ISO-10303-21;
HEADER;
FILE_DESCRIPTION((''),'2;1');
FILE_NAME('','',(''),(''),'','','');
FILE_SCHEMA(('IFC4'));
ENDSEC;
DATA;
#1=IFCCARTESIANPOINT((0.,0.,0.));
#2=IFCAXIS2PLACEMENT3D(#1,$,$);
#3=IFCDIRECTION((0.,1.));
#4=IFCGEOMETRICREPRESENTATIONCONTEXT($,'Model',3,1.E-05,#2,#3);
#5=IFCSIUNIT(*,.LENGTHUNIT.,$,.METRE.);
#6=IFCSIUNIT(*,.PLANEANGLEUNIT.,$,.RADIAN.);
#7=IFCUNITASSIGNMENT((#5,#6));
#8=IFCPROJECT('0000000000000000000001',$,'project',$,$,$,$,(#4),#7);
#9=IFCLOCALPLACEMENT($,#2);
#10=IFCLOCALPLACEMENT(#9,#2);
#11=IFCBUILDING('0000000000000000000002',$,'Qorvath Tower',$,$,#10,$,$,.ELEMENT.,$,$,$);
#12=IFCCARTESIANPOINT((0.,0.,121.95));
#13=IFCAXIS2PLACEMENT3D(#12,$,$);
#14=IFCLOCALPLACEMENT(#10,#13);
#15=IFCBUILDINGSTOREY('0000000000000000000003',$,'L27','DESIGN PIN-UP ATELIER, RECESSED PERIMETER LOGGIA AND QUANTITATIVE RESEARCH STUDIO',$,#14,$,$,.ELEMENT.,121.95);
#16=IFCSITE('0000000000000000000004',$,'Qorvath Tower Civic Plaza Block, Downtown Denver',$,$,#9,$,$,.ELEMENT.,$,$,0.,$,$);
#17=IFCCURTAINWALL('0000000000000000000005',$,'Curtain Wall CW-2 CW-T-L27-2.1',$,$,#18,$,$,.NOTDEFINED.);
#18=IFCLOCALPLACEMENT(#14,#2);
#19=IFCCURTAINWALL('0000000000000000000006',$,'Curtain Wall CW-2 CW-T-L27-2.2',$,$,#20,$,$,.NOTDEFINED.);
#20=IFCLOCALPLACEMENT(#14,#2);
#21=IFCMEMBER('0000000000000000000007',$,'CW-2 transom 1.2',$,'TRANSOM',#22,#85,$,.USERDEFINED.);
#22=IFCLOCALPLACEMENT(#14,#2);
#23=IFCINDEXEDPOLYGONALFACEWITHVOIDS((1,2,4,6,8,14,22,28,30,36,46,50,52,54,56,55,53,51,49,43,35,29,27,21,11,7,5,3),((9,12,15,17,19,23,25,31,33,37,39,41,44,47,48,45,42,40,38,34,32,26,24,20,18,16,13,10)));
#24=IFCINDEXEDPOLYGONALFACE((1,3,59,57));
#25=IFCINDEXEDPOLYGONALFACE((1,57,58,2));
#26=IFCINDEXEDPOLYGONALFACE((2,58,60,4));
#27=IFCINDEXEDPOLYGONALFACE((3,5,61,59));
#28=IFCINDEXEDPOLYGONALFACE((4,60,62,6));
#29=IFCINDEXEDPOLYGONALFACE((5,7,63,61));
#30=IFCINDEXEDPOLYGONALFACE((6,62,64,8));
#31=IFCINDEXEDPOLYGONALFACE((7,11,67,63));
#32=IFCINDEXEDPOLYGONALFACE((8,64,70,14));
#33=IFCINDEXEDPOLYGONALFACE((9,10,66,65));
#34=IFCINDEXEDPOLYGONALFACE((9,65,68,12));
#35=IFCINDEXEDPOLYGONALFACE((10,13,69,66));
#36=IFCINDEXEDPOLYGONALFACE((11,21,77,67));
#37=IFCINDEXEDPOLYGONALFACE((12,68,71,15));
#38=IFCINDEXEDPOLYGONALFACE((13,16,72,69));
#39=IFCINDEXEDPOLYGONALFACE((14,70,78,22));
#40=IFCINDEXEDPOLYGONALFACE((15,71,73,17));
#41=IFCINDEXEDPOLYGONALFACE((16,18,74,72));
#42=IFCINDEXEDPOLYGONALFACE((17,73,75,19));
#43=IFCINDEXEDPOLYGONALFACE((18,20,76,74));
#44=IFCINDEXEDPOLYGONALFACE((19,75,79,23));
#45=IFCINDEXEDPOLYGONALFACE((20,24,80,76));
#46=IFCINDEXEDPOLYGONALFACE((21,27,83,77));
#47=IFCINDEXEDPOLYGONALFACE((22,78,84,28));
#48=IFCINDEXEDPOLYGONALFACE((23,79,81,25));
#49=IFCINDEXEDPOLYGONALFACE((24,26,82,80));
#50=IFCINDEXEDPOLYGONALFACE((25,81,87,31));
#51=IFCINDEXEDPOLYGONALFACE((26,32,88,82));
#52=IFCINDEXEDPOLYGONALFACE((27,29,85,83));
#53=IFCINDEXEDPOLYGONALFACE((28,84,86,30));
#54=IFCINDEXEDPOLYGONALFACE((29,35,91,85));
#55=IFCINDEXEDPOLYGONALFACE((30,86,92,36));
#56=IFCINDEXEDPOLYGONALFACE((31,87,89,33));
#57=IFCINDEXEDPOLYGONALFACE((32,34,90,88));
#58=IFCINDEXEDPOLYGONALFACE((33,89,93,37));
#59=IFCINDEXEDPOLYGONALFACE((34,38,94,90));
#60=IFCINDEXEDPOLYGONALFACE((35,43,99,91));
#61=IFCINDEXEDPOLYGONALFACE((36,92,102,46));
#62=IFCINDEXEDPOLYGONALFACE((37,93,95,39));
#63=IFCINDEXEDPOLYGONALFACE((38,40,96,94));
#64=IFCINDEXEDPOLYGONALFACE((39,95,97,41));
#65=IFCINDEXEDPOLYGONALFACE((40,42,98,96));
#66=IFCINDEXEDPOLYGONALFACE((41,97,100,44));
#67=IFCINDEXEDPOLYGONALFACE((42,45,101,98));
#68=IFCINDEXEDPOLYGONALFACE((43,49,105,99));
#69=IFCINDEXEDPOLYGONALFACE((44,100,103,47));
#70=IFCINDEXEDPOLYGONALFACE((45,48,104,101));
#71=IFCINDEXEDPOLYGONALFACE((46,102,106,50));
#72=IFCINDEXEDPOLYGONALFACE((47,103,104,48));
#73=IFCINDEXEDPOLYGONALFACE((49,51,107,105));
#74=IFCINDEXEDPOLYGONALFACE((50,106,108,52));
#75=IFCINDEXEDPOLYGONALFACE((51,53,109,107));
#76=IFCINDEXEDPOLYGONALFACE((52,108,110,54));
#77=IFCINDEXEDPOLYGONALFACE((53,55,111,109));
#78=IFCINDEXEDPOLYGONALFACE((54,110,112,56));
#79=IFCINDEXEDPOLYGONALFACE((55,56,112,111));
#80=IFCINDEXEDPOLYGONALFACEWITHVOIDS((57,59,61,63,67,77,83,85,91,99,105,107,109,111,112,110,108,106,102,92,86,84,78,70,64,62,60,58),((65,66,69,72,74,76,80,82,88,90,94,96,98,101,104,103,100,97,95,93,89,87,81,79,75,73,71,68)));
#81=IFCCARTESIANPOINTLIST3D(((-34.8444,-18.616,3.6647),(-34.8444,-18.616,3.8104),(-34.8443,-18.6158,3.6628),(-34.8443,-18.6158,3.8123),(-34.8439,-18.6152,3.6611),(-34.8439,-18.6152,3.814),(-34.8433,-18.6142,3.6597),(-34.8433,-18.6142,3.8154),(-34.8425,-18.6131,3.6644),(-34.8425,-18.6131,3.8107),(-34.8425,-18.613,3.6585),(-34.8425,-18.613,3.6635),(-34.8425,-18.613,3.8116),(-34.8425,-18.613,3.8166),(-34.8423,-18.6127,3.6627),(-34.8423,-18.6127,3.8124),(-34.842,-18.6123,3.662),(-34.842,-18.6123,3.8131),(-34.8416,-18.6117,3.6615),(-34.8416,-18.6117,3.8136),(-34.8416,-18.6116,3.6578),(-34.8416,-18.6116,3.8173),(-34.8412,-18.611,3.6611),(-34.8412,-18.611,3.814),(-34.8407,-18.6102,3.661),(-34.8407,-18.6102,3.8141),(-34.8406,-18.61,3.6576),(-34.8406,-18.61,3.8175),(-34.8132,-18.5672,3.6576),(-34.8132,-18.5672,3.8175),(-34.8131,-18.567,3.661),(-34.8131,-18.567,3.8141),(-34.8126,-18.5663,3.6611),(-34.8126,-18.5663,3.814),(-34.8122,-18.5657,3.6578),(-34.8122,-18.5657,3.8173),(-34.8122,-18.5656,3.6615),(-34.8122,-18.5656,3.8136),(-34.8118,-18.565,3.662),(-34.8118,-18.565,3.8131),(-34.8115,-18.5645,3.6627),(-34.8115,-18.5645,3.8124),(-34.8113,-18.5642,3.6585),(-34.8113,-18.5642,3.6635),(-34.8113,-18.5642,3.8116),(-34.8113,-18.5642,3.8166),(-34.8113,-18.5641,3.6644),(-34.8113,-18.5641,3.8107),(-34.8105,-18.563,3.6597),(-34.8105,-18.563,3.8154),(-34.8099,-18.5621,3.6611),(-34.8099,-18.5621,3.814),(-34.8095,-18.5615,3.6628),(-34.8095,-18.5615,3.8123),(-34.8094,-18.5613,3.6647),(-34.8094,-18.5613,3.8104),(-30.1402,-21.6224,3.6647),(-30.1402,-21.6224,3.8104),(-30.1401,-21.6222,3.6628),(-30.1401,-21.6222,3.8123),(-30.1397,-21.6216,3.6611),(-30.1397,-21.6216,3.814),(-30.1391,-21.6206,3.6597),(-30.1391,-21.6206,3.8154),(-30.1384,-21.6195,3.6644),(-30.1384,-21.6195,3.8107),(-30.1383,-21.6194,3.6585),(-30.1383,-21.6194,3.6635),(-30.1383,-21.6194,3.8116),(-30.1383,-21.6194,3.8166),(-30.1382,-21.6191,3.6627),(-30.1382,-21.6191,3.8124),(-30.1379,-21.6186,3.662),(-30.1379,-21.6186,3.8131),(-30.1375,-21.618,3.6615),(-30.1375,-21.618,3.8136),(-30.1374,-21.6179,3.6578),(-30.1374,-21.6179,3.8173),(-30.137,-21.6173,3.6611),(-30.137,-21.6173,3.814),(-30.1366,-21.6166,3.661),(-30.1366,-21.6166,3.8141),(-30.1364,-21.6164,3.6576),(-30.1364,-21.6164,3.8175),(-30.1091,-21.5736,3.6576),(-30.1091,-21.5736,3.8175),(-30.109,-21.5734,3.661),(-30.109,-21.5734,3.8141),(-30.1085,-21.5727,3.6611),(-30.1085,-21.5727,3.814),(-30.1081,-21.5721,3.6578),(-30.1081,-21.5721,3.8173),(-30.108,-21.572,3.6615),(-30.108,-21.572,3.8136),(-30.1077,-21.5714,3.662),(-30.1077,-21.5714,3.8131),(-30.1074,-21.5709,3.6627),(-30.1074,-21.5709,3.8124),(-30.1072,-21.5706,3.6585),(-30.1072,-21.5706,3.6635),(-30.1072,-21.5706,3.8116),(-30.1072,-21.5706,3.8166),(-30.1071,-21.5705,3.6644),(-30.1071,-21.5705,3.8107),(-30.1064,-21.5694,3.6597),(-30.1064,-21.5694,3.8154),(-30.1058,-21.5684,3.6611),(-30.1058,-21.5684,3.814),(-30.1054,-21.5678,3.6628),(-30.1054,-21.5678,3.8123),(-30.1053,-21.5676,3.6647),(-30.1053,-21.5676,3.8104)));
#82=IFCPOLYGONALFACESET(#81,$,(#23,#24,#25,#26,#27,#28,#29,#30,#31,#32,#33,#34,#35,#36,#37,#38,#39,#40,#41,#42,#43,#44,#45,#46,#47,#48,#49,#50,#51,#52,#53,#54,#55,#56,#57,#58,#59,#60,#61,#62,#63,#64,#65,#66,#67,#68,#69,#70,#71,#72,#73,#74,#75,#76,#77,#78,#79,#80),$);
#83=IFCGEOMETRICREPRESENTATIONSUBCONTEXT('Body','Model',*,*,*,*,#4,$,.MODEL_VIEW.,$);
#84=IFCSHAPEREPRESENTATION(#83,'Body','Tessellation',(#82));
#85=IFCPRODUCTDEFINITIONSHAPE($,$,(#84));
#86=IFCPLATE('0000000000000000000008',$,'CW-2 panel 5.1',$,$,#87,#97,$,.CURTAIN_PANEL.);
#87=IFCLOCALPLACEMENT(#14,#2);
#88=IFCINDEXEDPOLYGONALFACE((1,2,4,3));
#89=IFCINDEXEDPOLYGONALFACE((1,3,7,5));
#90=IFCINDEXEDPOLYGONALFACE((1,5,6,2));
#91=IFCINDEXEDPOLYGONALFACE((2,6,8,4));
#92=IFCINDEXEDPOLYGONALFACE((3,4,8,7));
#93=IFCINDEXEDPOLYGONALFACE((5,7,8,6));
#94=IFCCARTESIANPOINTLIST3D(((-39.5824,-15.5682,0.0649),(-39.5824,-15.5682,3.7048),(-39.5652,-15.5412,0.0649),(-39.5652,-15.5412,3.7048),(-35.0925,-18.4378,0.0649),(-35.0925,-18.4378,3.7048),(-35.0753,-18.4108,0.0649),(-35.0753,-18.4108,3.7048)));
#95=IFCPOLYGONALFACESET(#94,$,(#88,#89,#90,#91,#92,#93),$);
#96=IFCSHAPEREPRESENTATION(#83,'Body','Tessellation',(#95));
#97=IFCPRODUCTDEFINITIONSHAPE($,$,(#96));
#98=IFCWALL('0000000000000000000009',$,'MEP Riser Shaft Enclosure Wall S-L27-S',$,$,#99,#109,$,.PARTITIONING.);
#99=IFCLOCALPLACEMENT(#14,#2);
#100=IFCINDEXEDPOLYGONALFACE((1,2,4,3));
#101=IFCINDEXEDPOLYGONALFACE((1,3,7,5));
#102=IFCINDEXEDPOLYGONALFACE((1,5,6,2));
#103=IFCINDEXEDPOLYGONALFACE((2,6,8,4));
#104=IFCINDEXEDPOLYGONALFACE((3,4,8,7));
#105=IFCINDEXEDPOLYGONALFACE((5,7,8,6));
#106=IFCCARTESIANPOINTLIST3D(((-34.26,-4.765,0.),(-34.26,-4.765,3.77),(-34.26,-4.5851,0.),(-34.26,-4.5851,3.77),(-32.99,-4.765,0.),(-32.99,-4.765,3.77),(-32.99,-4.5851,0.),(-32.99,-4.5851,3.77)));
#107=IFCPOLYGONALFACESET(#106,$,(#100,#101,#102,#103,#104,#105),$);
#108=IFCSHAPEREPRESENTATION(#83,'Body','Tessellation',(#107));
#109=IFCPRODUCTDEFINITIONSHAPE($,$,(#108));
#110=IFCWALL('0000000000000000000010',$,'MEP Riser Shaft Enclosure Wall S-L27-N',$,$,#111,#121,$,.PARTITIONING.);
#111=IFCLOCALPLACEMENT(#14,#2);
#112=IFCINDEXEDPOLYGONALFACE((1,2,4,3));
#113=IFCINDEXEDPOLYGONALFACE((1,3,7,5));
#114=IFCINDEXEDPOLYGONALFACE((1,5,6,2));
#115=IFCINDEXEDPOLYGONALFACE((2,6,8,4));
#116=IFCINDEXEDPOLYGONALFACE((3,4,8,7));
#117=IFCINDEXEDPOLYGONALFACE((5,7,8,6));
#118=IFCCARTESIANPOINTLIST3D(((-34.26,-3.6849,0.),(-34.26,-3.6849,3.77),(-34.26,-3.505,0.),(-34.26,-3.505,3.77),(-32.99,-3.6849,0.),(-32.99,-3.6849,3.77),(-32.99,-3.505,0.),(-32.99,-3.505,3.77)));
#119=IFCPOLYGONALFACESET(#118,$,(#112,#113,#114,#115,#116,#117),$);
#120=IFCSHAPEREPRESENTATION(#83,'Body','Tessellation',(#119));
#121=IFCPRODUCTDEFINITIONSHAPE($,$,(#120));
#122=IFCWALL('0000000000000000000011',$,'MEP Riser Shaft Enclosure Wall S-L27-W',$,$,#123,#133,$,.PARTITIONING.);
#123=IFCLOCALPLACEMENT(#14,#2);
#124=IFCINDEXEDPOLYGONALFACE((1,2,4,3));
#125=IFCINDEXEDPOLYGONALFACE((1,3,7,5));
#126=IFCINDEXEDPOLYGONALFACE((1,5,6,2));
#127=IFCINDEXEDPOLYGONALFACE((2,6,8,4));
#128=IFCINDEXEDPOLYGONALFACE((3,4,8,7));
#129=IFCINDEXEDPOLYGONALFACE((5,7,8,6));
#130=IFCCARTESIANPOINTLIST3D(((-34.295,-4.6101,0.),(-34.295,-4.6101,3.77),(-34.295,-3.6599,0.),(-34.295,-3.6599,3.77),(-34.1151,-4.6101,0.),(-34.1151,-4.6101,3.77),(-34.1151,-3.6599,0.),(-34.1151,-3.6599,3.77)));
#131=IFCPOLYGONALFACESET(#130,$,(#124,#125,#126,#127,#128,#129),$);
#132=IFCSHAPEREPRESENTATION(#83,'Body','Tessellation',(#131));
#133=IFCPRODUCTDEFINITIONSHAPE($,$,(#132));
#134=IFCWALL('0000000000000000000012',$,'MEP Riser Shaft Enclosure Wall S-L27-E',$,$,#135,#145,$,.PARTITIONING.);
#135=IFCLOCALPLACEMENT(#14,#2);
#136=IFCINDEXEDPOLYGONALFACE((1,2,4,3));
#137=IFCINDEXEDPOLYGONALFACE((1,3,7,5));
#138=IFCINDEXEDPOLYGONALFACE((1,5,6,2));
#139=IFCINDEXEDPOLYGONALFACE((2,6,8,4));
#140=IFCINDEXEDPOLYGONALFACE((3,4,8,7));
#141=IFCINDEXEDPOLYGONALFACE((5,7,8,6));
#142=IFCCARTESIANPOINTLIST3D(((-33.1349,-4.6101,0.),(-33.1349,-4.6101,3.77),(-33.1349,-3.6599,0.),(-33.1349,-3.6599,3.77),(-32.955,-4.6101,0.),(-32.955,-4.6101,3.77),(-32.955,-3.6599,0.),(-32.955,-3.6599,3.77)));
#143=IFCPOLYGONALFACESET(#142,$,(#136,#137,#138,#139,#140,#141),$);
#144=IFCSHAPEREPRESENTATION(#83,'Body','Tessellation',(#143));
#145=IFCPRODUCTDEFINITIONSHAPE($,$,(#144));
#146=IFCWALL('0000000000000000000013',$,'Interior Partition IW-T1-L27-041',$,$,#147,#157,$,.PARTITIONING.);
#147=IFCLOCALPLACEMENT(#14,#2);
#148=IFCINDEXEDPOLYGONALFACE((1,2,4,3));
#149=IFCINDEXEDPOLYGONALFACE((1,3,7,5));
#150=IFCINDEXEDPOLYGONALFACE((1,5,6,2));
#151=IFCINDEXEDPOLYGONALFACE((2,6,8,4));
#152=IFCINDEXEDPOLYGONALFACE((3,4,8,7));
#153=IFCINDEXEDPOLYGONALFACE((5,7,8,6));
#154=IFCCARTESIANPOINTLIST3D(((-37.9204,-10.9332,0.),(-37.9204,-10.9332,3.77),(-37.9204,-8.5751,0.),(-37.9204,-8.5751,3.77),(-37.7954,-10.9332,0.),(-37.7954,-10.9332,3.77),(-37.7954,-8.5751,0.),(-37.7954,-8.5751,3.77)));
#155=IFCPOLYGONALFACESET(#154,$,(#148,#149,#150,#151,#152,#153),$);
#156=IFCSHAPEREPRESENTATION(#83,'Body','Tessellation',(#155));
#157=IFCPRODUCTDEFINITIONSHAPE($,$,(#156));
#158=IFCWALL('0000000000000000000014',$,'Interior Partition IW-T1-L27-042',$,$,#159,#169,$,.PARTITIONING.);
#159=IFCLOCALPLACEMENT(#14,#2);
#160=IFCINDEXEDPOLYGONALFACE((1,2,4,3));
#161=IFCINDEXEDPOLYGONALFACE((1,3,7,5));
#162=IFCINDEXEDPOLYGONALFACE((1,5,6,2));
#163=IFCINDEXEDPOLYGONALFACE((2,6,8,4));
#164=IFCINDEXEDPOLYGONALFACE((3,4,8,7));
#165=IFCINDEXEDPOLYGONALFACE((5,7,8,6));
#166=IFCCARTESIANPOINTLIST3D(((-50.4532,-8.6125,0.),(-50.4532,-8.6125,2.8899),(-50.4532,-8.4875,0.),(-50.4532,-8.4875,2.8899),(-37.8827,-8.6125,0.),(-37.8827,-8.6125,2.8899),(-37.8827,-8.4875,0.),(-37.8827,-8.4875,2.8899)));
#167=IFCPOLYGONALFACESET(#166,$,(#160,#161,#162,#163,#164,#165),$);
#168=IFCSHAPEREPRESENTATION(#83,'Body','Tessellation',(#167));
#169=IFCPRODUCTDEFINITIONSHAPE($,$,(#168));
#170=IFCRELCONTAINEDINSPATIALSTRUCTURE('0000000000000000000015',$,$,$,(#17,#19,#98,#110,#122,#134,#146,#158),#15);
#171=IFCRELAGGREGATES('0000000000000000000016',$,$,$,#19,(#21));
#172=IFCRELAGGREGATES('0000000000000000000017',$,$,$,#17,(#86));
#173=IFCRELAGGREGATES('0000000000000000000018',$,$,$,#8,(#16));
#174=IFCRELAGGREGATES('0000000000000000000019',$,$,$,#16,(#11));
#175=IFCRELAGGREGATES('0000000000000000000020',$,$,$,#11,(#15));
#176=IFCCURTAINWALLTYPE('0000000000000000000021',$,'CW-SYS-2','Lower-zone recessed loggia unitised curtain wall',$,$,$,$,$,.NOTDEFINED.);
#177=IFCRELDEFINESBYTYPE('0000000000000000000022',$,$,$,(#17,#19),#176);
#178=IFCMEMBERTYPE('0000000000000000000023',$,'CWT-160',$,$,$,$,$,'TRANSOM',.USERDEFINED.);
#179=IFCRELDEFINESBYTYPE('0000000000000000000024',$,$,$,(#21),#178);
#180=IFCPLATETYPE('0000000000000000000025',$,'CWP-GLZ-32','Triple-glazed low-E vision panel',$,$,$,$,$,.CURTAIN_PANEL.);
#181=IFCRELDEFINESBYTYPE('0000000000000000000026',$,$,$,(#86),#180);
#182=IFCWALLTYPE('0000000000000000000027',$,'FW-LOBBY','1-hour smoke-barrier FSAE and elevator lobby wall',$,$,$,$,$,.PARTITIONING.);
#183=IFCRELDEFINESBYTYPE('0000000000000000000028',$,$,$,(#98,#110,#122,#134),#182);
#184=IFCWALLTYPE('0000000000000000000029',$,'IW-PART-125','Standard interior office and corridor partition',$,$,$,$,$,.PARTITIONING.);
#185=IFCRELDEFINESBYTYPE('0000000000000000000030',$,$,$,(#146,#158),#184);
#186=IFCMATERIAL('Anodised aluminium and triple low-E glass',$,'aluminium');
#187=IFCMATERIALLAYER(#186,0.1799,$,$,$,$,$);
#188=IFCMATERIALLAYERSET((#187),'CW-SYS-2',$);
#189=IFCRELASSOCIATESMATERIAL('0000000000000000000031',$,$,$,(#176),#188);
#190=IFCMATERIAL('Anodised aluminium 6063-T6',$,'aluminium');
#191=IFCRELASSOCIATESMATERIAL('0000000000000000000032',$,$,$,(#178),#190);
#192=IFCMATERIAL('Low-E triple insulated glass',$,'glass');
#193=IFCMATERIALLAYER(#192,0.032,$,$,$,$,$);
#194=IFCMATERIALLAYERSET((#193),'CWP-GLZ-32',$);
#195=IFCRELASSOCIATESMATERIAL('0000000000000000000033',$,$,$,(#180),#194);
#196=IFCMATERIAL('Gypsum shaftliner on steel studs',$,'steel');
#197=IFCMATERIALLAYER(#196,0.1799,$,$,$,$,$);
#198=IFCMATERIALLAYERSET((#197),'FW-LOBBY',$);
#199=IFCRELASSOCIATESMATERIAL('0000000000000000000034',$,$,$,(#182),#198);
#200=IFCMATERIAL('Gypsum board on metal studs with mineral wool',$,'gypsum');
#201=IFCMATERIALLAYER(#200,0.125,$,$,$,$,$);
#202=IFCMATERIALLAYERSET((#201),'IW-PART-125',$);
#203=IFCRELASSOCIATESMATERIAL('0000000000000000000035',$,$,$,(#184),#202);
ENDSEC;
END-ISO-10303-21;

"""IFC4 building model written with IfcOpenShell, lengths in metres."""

from ifc_helpers import new_model, si_unit, direction, frame, frame_2d, origin, origin_2d, place, context, subcontext, project, spatial, rectangle, hollow_rectangle, extrude, material, layer, layer_set, material_profile, profile_set, type_object, element, aggregate, save


model = new_model("IFC4")

# Units and contexts
model_context = context("Model", 3, precision=1e-05, world=origin(), true_north=direction((0.0, 1.0)))
body_context = subcontext(model_context, "Body", "Model", "MODEL_VIEW")
ifc_project = project(units=[si_unit("LENGTHUNIT", "METRE"), si_unit("PLANEANGLEUNIT", "RADIAN")], contexts=[model_context])

# Site, building, storey
site_placement = place(None, origin())
site = spatial("IfcSite", under=ifc_project, at=site_placement, Name="Qorvath Tower Civic Plaza Block, Downtown Denver", CompositionType="ELEMENT", RefElevation=0.0)
building_placement = place(site_placement, origin())
building = spatial("IfcBuilding", under=site, at=building_placement, Name="Qorvath Tower", CompositionType="ELEMENT")
storey_placement = place(building_placement, frame((0.0, 0.0, 121.95)))
storey = spatial("IfcBuildingStorey", under=building, at=storey_placement, Name="L27", Description="DESIGN PIN-UP ATELIER, RECESSED PERIMETER LOGGIA AND QUANTITATIVE RESEARCH STUDIO", CompositionType="ELEMENT", Elevation=121.95)

# Curtain walls
ifc_material_1 = material(Name="Anodised aluminium and triple low-E glass", Category="aluminium")
ifc_layer_1 = layer(ifc_material_1, 0.1799)
ifc_layer_set_1 = layer_set([ifc_layer_1], Name="CW-SYS-2")
curtain_wall_type = type_object("IfcCurtainWallType", Name="CW-SYS-2", Description="Lower-zone recessed loggia unitised curtain wall", PredefinedType="NOTDEFINED", material=ifc_layer_set_1)
curtain_wall_1_placement = place(storey_placement, origin())
curtain_wall_1 = element("IfcCurtainWall", 1, at=curtain_wall_1_placement, inside=storey, type_object=curtain_wall_type, Name="Curtain Wall CW-2 CW-T-L27-2.1", PredefinedType="NOTDEFINED")
curtain_wall_2_placement = place(storey_placement, origin())
curtain_wall_2 = element("IfcCurtainWall", 2, at=curtain_wall_2_placement, inside=storey, type_object=curtain_wall_type, Name="Curtain Wall CW-2 CW-T-L27-2.2", PredefinedType="NOTDEFINED")

# Member
ifc_material_2 = material(Name="Anodised aluminium 6063-T6", Category="aluminium")
ifc_material_profile_1 = material_profile(ifc_material_2, hollow_rectangle(XDim=0.0649, YDim=0.1599, WallThickness=0.0034, InnerFilletRadius=0.0034, OuterFilletRadius=0.0071, at=origin_2d()), Name="CWT 160x65")
ifc_profile_set_1 = profile_set([ifc_material_profile_1], Name="Anodised aluminium 6063-T6")
member_type_1 = type_object("IfcMemberType", Name="CWT-160", ElementType="TRANSOM", PredefinedType="USERDEFINED", material=ifc_profile_set_1)
member_1_placement = place(storey_placement, frame((-34.8269, -18.5886, 3.7375), z_axis=(0.842619, -0.53851, 0.0), x_axis=(0.53851, 0.842619, 0.0)))
member_1 = element("IfcMember", 3, at=member_1_placement, type_object=member_type_1, Name="CW-2 transom 1.2", ObjectType="TRANSOM", PredefinedType="USERDEFINED", context=body_context, shape_type="SweptSolid", body=[
    extrude(hollow_rectangle(XDim=0.0649, YDim=0.1599, WallThickness=0.0034, InnerFilletRadius=0.0034, OuterFilletRadius=0.0071, at=origin_2d()), origin(), (0.0, 0.0, 1.0), 5.5828),
])
aggregate(curtain_wall_2, [member_1])

# Plate
ifc_material_3 = material(Name="Low-E triple insulated glass", Category="glass")
ifc_layer_2 = layer(ifc_material_3, 0.032)
ifc_layer_set_2 = layer_set([ifc_layer_2], Name="CWP-GLZ-32")
plate_type = type_object("IfcPlateType", Name="CWP-GLZ-32", Description="Triple-glazed low-E vision panel", PredefinedType="CURTAIN_PANEL", material=ifc_layer_set_2)
plate_placement = place(storey_placement, frame((-37.3289, -16.9895, 0.0649), z_axis=(0.0, 0.0, 1.0), x_axis=(0.842604, -0.538534, 0.0)))
plate = element("IfcPlate", 4, at=plate_placement, type_object=plate_type, Name="CW-2 panel 5.1", PredefinedType="CURTAIN_PANEL", context=body_context, shape_type="SweptSolid", body=[
    extrude(rectangle(XDim=5.3286, YDim=0.032, at=origin_2d()), origin(), (0.0, 0.0, 1.0), 3.6399),
])
aggregate(curtain_wall_1, [plate])

# Walls
ifc_material_4 = material(Name="Gypsum shaftliner on steel studs", Category="steel")
ifc_layer_3 = layer(ifc_material_4, 0.1799)
ifc_layer_set_3 = layer_set([ifc_layer_3], Name="FW-LOBBY")
wall_type_1 = type_object("IfcWallType", Name="FW-LOBBY", Description="1-hour smoke-barrier FSAE and elevator lobby wall", PredefinedType="PARTITIONING", material=ifc_layer_set_3)
for number, where, z_axis, x_axis, name in (
    (5, (-32.99, -4.675, 0.0), (0.0, 0.0, 1.0), (-1.0, 0.0, 0.0), "MEP Riser Shaft Enclosure Wall S-L27-S"),
    (6, (-34.26, -3.595, 0.0), (0.0, 0.0, 1.0), (1.0, 0.0, 0.0), "MEP Riser Shaft Enclosure Wall S-L27-N"),
):
    element("IfcWall", number, at=place(storey_placement, frame(where, z_axis=z_axis, x_axis=x_axis)), inside=storey, type_object=wall_type_1, Name=name, PredefinedType="PARTITIONING", context=body_context, shape_type="SweptSolid", body=[
        extrude(rectangle(XDim=1.27, YDim=0.1799, at=frame_2d((0.635, 0.0))), origin(), (0.0, 0.0, 1.0), 3.77),
    ])
for number, where, z_axis, x_axis, name in (
    (7, (-34.2051, -4.6101, 0.0), (0.0, 0.0, 1.0), (0.0, 1.0, 0.0), "MEP Riser Shaft Enclosure Wall S-L27-W"),
    (8, (-33.0449, -3.6599, 0.0), (0.0, 0.0, 1.0), (0.0, -1.0, 0.0), "MEP Riser Shaft Enclosure Wall S-L27-E"),
):
    element("IfcWall", number, at=place(storey_placement, frame(where, z_axis=z_axis, x_axis=x_axis)), inside=storey, type_object=wall_type_1, Name=name, PredefinedType="PARTITIONING", context=body_context, shape_type="SweptSolid", body=[
        extrude(rectangle(XDim=0.9502, YDim=0.1799, at=frame_2d((0.4751, 0.0))), origin(), (0.0, 0.0, 1.0), 3.77),
    ])
ifc_material_5 = material(Name="Gypsum board on metal studs with mineral wool", Category="gypsum")
ifc_layer_4 = layer(ifc_material_5, 0.125)
ifc_layer_set_4 = layer_set([ifc_layer_4], Name="IW-PART-125")
wall_type_2 = type_object("IfcWallType", Name="IW-PART-125", Description="Standard interior office and corridor partition", PredefinedType="PARTITIONING", material=ifc_layer_set_4)
wall_1_placement = place(storey_placement, frame((-37.8579, -8.575, 0.0), z_axis=(0.0, 0.0, 1.0), x_axis=(0.0, -1.0, 0.0)))
element("IfcWall", 9, at=wall_1_placement, inside=storey, type_object=wall_type_2, Name="Interior Partition IW-T1-L27-041", PredefinedType="PARTITIONING", context=body_context, shape_type="SweptSolid", body=[
    extrude(rectangle(XDim=2.3582, YDim=0.125, at=frame_2d((1.1792, 0.0))), origin(), (0.0, 0.0, 1.0), 3.77),
])
wall_2_placement = place(storey_placement, frame((-37.8828, -8.55, 0.0), z_axis=(0.0, 0.0, 1.0), x_axis=(-1.0, 0.0, 0.0)))
element("IfcWall", 10, at=wall_2_placement, inside=storey, type_object=wall_type_2, Name="Interior Partition IW-T1-L27-042", PredefinedType="PARTITIONING", context=body_context, shape_type="SweptSolid", body=[
    extrude(rectangle(XDim=12.5706, YDim=0.125, at=frame_2d((6.2852, 0.0))), origin(), (0.0, 0.0, 1.0), 2.8899),
])

save(model, "model.ifc")
